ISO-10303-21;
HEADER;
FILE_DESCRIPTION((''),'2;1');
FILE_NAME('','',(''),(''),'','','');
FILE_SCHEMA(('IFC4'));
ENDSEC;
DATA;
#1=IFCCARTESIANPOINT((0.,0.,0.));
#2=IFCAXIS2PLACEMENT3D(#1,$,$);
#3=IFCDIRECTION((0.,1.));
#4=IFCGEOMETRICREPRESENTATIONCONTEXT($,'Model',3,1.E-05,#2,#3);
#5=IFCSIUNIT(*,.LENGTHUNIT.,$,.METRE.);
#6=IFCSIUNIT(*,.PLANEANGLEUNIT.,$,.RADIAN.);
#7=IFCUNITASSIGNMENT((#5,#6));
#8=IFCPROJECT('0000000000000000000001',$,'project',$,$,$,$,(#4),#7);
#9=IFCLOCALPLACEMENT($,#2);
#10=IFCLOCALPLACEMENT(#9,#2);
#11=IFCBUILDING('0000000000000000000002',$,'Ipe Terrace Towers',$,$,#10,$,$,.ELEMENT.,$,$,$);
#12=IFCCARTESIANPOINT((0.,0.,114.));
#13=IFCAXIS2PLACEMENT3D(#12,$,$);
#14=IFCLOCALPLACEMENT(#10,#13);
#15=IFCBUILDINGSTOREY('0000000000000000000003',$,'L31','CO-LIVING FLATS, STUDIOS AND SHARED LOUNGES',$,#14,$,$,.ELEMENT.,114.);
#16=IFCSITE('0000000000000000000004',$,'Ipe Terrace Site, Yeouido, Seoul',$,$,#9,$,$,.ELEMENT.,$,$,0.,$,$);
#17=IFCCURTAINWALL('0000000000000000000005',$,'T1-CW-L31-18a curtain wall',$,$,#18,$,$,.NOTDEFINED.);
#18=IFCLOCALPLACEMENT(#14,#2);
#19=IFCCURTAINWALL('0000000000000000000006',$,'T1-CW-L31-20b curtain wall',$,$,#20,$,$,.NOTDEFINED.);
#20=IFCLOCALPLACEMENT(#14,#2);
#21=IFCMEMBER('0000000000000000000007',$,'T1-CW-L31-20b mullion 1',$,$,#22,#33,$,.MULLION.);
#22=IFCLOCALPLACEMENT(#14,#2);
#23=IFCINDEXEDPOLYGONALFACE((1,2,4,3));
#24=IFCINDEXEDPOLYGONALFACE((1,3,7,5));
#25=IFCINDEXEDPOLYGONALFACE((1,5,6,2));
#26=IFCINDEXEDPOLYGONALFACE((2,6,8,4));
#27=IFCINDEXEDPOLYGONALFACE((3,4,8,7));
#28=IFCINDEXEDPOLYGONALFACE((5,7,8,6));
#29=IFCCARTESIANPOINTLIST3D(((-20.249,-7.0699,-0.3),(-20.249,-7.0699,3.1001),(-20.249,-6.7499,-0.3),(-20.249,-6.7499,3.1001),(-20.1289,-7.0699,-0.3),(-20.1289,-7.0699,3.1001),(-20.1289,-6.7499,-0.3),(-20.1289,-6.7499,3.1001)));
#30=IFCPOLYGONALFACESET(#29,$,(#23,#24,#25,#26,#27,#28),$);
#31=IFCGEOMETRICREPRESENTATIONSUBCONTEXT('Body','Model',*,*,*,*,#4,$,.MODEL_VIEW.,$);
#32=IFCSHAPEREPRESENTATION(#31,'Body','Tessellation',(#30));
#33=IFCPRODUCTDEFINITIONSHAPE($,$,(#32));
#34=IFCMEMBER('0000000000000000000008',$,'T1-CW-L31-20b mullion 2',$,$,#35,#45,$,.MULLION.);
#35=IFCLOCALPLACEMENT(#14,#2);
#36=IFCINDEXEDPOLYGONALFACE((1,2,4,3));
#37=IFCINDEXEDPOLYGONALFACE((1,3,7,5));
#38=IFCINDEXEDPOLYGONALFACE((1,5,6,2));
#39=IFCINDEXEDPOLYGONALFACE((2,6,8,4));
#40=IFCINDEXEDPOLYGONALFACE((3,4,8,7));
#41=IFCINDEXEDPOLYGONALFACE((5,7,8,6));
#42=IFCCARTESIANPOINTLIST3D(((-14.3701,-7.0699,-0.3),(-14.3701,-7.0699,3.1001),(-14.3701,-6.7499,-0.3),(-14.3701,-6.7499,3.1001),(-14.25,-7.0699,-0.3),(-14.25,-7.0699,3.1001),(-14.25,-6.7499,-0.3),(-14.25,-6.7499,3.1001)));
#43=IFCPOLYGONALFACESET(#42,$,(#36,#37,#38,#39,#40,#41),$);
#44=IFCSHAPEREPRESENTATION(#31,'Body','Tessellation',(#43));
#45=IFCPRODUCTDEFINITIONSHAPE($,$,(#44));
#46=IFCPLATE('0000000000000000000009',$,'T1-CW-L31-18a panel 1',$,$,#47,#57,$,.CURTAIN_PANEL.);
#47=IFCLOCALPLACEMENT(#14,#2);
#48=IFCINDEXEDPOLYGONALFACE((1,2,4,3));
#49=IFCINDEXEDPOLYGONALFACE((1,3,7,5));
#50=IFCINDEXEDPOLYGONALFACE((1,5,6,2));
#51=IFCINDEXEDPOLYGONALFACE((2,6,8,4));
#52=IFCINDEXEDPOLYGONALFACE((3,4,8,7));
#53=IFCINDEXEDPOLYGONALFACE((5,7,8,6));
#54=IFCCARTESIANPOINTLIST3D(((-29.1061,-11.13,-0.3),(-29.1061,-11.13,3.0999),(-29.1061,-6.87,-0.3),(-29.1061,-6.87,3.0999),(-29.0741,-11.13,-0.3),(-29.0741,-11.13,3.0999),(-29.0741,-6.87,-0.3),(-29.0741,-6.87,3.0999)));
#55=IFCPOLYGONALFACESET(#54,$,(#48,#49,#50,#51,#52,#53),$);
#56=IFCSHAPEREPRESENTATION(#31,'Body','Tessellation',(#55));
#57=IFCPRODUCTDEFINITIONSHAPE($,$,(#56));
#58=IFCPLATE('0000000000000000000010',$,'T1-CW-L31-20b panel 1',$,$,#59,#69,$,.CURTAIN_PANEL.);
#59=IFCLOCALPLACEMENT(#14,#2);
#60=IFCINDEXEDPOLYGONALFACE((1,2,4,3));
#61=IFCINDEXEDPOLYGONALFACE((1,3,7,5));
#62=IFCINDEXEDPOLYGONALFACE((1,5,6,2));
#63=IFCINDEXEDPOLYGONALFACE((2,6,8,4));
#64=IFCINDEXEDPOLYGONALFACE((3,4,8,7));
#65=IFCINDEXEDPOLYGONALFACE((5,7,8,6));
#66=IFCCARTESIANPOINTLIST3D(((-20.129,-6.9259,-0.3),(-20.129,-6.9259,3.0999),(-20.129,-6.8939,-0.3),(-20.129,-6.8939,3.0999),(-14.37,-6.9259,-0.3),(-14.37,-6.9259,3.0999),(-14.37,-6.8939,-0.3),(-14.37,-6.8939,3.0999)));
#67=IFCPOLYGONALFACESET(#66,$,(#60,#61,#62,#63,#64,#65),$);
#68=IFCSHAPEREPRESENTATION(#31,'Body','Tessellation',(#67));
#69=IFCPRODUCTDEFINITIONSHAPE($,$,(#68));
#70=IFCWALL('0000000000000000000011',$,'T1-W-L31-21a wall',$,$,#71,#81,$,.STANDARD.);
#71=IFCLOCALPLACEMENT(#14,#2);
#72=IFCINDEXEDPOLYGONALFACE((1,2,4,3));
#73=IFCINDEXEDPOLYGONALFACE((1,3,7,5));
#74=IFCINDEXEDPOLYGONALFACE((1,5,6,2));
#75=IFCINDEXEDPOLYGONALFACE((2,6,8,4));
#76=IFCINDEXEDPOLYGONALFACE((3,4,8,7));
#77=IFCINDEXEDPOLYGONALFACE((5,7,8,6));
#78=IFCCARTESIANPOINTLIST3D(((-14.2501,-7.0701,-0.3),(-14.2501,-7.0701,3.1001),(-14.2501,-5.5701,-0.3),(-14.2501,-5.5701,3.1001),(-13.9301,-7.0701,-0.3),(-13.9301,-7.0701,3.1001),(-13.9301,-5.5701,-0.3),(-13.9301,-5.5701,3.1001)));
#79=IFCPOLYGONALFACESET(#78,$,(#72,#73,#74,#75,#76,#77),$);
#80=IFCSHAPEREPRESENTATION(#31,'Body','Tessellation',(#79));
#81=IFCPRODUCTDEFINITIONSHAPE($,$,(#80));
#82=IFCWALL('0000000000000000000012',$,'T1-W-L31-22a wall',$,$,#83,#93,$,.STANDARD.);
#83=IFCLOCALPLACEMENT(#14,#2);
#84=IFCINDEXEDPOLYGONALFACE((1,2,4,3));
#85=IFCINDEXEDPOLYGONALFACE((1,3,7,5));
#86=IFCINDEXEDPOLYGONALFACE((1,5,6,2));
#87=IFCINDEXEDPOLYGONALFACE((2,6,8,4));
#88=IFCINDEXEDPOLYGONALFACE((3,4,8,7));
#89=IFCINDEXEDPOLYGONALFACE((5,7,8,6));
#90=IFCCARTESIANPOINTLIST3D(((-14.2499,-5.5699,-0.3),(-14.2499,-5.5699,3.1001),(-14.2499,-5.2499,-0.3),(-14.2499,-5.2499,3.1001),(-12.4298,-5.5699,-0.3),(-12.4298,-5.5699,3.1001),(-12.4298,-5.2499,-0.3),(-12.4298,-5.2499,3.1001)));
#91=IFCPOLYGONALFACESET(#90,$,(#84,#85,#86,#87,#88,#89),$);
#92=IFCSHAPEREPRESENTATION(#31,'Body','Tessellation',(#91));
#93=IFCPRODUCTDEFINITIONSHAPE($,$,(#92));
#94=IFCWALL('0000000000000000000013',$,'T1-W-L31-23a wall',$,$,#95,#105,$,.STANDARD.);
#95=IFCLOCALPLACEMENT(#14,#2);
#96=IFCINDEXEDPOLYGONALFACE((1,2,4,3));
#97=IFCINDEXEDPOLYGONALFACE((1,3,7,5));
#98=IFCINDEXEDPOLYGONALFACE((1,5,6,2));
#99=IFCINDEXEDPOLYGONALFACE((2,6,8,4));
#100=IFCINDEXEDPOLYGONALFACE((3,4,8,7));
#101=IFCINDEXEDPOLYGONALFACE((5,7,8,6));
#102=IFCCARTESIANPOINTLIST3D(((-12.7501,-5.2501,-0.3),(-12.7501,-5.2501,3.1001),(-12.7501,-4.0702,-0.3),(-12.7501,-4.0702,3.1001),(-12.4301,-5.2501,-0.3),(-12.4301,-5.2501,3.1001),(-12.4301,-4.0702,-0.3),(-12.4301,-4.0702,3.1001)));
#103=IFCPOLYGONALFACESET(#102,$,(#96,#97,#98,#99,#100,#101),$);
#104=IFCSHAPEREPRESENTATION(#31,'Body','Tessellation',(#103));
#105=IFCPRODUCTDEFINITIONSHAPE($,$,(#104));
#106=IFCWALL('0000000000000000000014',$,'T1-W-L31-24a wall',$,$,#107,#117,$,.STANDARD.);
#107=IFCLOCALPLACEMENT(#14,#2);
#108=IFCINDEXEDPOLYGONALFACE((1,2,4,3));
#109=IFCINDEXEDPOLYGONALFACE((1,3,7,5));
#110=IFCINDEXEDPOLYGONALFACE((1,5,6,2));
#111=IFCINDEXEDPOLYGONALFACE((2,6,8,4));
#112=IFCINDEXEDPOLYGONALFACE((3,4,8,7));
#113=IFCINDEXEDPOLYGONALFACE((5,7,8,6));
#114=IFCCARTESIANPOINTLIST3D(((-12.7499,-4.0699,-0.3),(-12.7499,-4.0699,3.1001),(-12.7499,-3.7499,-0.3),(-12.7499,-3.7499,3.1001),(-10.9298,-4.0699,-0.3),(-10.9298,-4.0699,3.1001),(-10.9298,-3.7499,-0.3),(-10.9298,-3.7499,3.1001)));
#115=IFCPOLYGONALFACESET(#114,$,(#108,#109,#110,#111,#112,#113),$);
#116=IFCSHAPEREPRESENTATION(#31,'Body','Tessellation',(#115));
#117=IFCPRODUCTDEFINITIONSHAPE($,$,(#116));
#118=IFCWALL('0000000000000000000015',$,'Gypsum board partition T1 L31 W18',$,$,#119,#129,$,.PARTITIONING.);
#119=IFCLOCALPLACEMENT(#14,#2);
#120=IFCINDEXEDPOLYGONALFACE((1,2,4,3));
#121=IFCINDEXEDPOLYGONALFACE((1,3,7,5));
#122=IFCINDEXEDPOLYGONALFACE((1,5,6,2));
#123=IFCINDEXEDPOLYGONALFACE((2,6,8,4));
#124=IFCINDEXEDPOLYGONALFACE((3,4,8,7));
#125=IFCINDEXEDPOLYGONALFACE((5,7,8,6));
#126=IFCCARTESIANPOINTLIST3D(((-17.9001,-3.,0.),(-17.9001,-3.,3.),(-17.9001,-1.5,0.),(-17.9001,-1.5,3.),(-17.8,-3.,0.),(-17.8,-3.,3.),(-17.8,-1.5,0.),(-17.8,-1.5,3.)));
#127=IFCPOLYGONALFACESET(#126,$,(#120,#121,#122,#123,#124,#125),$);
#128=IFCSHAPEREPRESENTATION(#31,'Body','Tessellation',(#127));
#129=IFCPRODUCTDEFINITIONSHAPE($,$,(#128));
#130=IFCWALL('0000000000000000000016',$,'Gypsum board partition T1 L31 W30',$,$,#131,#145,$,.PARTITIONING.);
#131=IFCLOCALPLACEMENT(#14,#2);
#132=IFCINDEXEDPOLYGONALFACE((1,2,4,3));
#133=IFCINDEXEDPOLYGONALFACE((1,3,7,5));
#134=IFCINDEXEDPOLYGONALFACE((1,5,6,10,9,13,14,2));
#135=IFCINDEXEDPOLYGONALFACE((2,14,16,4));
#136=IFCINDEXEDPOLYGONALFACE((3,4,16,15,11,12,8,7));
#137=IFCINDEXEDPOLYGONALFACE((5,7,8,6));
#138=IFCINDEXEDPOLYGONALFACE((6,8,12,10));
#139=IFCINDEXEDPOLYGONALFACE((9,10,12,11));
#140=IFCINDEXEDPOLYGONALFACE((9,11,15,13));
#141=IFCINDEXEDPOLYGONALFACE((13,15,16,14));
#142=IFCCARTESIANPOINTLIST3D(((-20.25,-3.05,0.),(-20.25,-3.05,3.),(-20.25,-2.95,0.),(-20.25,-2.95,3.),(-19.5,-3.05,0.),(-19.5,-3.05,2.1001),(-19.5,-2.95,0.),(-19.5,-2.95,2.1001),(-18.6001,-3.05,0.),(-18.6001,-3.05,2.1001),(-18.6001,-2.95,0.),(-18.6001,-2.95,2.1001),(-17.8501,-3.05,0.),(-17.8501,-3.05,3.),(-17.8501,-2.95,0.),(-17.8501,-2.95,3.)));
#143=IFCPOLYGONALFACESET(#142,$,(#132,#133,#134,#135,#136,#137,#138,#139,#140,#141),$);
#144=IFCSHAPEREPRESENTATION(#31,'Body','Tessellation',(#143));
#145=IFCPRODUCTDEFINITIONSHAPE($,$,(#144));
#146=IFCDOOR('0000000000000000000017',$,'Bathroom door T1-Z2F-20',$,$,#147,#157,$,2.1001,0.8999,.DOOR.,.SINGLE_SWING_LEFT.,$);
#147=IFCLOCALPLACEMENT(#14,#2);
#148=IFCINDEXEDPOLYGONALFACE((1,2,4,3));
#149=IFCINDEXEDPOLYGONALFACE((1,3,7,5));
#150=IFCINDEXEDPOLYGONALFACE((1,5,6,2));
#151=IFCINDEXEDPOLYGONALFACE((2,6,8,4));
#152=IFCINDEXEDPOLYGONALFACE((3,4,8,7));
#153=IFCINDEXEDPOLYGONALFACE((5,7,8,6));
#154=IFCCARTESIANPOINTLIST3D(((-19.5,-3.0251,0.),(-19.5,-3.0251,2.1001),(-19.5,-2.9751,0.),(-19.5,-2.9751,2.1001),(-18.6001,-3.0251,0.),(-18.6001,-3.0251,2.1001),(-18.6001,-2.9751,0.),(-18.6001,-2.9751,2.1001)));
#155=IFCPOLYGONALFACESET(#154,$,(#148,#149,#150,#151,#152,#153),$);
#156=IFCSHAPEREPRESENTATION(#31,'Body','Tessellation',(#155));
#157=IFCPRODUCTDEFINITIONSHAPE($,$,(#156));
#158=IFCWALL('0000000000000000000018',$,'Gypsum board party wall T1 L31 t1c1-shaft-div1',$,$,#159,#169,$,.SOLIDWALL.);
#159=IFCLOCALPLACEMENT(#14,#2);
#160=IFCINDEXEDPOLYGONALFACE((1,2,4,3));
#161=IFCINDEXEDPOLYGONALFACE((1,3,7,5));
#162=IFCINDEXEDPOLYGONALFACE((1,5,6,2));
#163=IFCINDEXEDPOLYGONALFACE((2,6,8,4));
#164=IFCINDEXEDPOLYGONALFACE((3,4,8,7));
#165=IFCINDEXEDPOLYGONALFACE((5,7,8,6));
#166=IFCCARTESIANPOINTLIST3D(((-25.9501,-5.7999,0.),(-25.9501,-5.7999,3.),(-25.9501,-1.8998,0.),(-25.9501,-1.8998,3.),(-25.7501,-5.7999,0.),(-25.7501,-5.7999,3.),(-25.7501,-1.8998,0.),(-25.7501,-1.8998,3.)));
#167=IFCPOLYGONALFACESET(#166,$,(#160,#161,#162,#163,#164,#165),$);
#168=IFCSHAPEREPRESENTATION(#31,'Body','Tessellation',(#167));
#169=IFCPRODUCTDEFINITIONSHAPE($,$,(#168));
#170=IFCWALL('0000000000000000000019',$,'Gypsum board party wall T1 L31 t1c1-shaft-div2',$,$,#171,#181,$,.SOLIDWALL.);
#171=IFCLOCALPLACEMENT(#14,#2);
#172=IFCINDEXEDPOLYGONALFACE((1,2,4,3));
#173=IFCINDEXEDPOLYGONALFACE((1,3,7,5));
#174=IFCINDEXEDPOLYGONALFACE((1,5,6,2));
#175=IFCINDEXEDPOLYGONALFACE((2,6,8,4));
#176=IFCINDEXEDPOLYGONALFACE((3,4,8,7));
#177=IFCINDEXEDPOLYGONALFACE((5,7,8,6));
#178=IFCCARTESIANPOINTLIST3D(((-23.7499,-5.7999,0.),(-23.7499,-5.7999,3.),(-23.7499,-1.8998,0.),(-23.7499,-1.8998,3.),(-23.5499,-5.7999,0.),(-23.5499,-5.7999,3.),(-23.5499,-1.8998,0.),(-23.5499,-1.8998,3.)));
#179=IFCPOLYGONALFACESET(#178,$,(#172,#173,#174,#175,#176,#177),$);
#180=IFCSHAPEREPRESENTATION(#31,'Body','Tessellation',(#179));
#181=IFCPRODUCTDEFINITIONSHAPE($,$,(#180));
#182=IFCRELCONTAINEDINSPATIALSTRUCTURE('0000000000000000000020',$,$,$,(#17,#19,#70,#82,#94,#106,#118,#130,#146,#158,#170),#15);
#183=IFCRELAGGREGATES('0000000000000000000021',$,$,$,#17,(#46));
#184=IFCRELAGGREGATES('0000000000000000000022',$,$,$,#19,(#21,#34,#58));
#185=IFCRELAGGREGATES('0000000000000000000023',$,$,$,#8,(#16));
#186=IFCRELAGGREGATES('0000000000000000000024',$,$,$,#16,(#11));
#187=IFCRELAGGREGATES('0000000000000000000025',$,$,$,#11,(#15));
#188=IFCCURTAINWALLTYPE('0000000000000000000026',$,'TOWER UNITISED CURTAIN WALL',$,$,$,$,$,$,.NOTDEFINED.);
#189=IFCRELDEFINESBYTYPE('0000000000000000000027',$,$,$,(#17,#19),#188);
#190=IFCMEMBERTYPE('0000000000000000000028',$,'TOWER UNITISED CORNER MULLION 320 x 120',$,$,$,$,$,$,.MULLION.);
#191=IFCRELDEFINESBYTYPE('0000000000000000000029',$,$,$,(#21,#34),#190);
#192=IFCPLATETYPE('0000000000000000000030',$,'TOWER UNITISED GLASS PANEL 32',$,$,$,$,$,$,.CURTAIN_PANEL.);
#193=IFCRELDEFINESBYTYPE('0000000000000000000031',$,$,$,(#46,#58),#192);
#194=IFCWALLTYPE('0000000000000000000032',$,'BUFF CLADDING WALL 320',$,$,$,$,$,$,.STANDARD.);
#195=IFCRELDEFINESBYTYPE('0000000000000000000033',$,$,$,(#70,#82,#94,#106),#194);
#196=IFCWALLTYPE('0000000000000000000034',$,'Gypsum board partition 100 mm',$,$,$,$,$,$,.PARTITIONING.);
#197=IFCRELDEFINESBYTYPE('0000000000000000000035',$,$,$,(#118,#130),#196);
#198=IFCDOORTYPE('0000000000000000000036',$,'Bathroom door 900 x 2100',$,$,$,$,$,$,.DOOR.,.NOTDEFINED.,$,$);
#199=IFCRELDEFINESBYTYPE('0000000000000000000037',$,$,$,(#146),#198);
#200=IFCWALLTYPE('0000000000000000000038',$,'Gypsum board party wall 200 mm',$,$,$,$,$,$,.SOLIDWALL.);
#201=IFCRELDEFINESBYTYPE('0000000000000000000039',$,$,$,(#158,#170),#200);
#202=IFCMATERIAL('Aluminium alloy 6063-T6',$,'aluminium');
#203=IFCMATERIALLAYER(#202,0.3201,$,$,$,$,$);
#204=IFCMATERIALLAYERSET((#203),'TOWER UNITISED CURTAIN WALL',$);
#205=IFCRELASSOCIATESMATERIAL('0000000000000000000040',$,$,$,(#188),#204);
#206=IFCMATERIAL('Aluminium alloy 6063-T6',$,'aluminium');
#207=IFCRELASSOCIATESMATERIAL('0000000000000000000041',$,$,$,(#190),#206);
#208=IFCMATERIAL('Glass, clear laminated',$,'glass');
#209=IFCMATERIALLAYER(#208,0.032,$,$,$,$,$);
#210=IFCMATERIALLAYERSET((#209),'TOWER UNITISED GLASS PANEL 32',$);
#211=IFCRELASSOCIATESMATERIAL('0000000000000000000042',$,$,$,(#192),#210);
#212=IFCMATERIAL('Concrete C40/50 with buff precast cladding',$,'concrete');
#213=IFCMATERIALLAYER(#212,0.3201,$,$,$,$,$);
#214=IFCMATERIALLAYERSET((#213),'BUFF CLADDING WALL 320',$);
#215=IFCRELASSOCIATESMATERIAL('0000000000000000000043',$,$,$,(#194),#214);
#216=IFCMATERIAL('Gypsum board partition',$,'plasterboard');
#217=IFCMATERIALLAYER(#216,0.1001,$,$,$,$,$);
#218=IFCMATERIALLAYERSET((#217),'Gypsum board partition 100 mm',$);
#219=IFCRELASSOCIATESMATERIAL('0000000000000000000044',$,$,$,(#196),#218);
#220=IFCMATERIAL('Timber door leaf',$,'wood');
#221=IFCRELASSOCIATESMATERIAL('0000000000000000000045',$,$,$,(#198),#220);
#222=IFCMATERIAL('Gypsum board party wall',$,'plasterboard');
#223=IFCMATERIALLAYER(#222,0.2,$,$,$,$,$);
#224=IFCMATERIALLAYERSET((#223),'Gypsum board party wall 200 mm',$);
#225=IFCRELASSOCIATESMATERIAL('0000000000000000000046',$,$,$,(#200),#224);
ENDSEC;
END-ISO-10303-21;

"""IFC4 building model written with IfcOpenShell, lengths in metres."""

from ifc_helpers import new_model, si_unit, direction, frame, frame_2d, origin, origin_2d, place, context, subcontext, project, spatial, rectangle, extrude, material, layer, layer_set, material_profile, profile_set, type_object, element, fill, aggregate, save


model = new_model("IFC4")

# Units and contexts
model_context = context("Model", 3, precision=1e-05, world=origin(), true_north=direction((0.0, 1.0)))
body_context = subcontext(model_context, "Body", "Model", "MODEL_VIEW")
ifc_project = project(units=[si_unit("LENGTHUNIT", "METRE"), si_unit("PLANEANGLEUNIT", "RADIAN")], contexts=[model_context])

# Site, building, storey
site_placement = place(None, origin())
site = spatial("IfcSite", under=ifc_project, at=site_placement, Name="Ipe Terrace Site, Yeouido, Seoul", CompositionType="ELEMENT", RefElevation=0.0)
building_placement = place(site_placement, origin())
building = spatial("IfcBuilding", under=site, at=building_placement, Name="Ipe Terrace Towers", CompositionType="ELEMENT")
storey_placement = place(building_placement, frame((0.0, 0.0, 114.0)))
storey = spatial("IfcBuildingStorey", under=building, at=storey_placement, Name="L31", Description="CO-LIVING FLATS, STUDIOS AND SHARED LOUNGES", CompositionType="ELEMENT", Elevation=114.0)

# Curtain wall
ifc_material_1 = material(Name="Aluminium alloy 6063-T6", Category="aluminium")
ifc_layer_1 = layer(ifc_material_1, 0.3201)
ifc_layer_set_1 = layer_set([ifc_layer_1], Name="TOWER UNITISED CURTAIN WALL")
curtain_wall_type = type_object("IfcCurtainWallType", Name="TOWER UNITISED CURTAIN WALL", PredefinedType="NOTDEFINED", material=ifc_layer_set_1)
curtain_wall_1_placement = place(storey_placement, origin())
curtain_wall_1 = element("IfcCurtainWall", 1, at=curtain_wall_1_placement, inside=storey, type_object=curtain_wall_type, Name="T1-CW-L31-18a curtain wall", PredefinedType="NOTDEFINED")
ifc_material_2 = material(Name="Aluminium alloy 6063-T6", Category="aluminium")
ifc_material_profile_1 = material_profile(ifc_material_2, rectangle(XDim=0.3201, YDim=0.1201, at=origin_2d()), Name="TOWER UNITISED CORNER MULLION 320 x 120")
ifc_profile_set_1 = profile_set([ifc_material_profile_1], Name="Aluminium alloy 6063-T6")
member_type = type_object("IfcMemberType", Name="TOWER UNITISED CORNER MULLION 320 x 120", PredefinedType="MULLION", material=ifc_profile_set_1)

# Curtain wall, members
curtain_wall_2_placement = place(storey_placement, origin())
curtain_wall_2 = element("IfcCurtainWall", 2, at=curtain_wall_2_placement, inside=storey, type_object=curtain_wall_type, Name="T1-CW-L31-20b curtain wall", PredefinedType="NOTDEFINED")
member_1_placement = place(storey_placement, frame((-20.189, -6.9099, -0.3), z_axis=(0.0, 0.0, 1.0), x_axis=(0.0, -1.0, 0.0)))
member_1 = element("IfcMember", 3, at=member_1_placement, type_object=member_type, Name="T1-CW-L31-20b mullion 1", PredefinedType="MULLION", context=body_context, shape_type="SweptSolid", body=[
    extrude(rectangle(XDim=0.3201, YDim=0.1201, at=origin_2d()), origin(), (0.0, 0.0, 1.0), 3.4001),
])
member_2_placement = place(storey_placement, frame((-14.3101, -6.9099, -0.3), z_axis=(0.0, 0.0, 1.0), x_axis=(0.0, -1.0, 0.0)))
member_2 = element("IfcMember", 4, at=member_2_placement, type_object=member_type, Name="T1-CW-L31-20b mullion 2", PredefinedType="MULLION", context=body_context, shape_type="SweptSolid", body=[
    extrude(rectangle(XDim=0.3201, YDim=0.1201, at=origin_2d()), origin(), (0.0, 0.0, 1.0), 3.4001),
])

# Plates
ifc_material_3 = material(Name="Glass, clear laminated", Category="glass")
ifc_layer_2 = layer(ifc_material_3, 0.032)
ifc_layer_set_2 = layer_set([ifc_layer_2], Name="TOWER UNITISED GLASS PANEL 32")
plate_type = type_object("IfcPlateType", Name="TOWER UNITISED GLASS PANEL 32", PredefinedType="CURTAIN_PANEL", material=ifc_layer_set_2)
plate_1_placement = place(storey_placement, frame((-29.0901, -9.0, -0.3), z_axis=(0.0, 0.0, 1.0), x_axis=(0.0, 1.0, 0.0)))
plate_1 = element("IfcPlate", 5, at=plate_1_placement, type_object=plate_type, Name="T1-CW-L31-18a panel 1", PredefinedType="CURTAIN_PANEL", context=body_context, shape_type="SweptSolid", body=[
    extrude(rectangle(XDim=4.26, YDim=0.032, at=origin_2d()), origin(), (0.0, 0.0, 1.0), 3.3999),
])
aggregate(curtain_wall_1, [plate_1])
plate_2_placement = place(storey_placement, frame((-17.2495, -6.9099, -0.3), z_axis=(0.0, 0.0, 1.0), x_axis=(1.0, 0.0, 0.0)))
plate_2 = element("IfcPlate", 6, at=plate_2_placement, type_object=plate_type, Name="T1-CW-L31-20b panel 1", PredefinedType="CURTAIN_PANEL", context=body_context, shape_type="SweptSolid", body=[
    extrude(rectangle(XDim=5.759, YDim=0.032, at=origin_2d()), origin(), (0.0, 0.0, 1.0), 3.3999),
])
aggregate(curtain_wall_2, [member_1, member_2, plate_2])

# Walls
ifc_material_4 = material(Name="Concrete C40/50 with buff precast cladding", Category="concrete")
ifc_layer_3 = layer(ifc_material_4, 0.3201)
ifc_layer_set_3 = layer_set([ifc_layer_3], Name="BUFF CLADDING WALL 320")
wall_type_1 = type_object("IfcWallType", Name="BUFF CLADDING WALL 320", PredefinedType="STANDARD", material=ifc_layer_set_3)
wall_1_placement = place(storey_placement, frame((-14.0901, -7.0701, -0.3), z_axis=(0.0, 0.0, 1.0), x_axis=(0.0, 1.0, 0.0)))
element("IfcWall", 7, at=wall_1_placement, inside=storey, type_object=wall_type_1, Name="T1-W-L31-21a wall", PredefinedType="STANDARD", context=body_context, shape_type="SweptSolid", body=[
    extrude(rectangle(XDim=1.5, YDim=0.3201, at=frame_2d((0.75, 0.0))), origin(), (0.0, 0.0, 1.0), 3.4001),
])
wall_2_placement = place(storey_placement, frame((-14.25, -5.4099, -0.3), z_axis=(0.0, 0.0, 1.0), x_axis=(1.0, 0.0, 0.0)))
element("IfcWall", 8, at=wall_2_placement, inside=storey, type_object=wall_type_1, Name="T1-W-L31-22a wall", PredefinedType="STANDARD", context=body_context, shape_type="SweptSolid", body=[
    extrude(rectangle(XDim=1.8201, YDim=0.3201, at=frame_2d((0.9102, 0.0))), origin(), (0.0, 0.0, 1.0), 3.4001),
])
wall_3_placement = place(storey_placement, frame((-12.5901, -5.25, -0.3), z_axis=(0.0, 0.0, 1.0), x_axis=(0.0, 1.0, 0.0)))
element("IfcWall", 9, at=wall_3_placement, inside=storey, type_object=wall_type_1, Name="T1-W-L31-23a wall", PredefinedType="STANDARD", context=body_context, shape_type="SweptSolid", body=[
    extrude(rectangle(XDim=1.1799, YDim=0.3201, at=frame_2d((0.5898, 0.0))), origin(), (0.0, 0.0, 1.0), 3.4001),
])
wall_4_placement = place(storey_placement, frame((-12.75, -3.9099, -0.3), z_axis=(0.0, 0.0, 1.0), x_axis=(1.0, 0.0, 0.0)))
element("IfcWall", 10, at=wall_4_placement, inside=storey, type_object=wall_type_1, Name="T1-W-L31-24a wall", PredefinedType="STANDARD", context=body_context, shape_type="SweptSolid", body=[
    extrude(rectangle(XDim=1.8201, YDim=0.3201, at=frame_2d((0.9102, 0.0))), origin(), (0.0, 0.0, 1.0), 3.4001),
])
ifc_material_5 = material(Name="Gypsum board partition", Category="plasterboard")
ifc_layer_4 = layer(ifc_material_5, 0.1001)
ifc_layer_set_4 = layer_set([ifc_layer_4], Name="Gypsum board partition 100 mm")
wall_type_2 = type_object("IfcWallType", Name="Gypsum board partition 100 mm", PredefinedType="PARTITIONING", material=ifc_layer_set_4)
wall_5_placement = place(storey_placement, frame((-17.8501, -3.0, 0.0), z_axis=(0.0, 0.0, 1.0), x_axis=(0.0, 1.0, 0.0)))
element("IfcWall", 11, at=wall_5_placement, inside=storey, type_object=wall_type_2, Name="Gypsum board partition T1 L31 W18", PredefinedType="PARTITIONING", context=body_context, shape_type="SweptSolid", body=[
    extrude(rectangle(XDim=1.5, YDim=0.1001, at=frame_2d((0.75, 0.0))), origin(), (0.0, 0.0, 1.0), 3.0),
])

# Wall, opening, door
wall_6_placement = place(storey_placement, frame((-20.25, -3.0, 0.0), z_axis=(0.0, 0.0, 1.0), x_axis=(1.0, 0.0, 0.0)))
wall_6 = element("IfcWall", 12, at=wall_6_placement, inside=storey, type_object=wall_type_2, Name="Gypsum board partition T1 L31 W30", PredefinedType="PARTITIONING", context=body_context, shape_type="SweptSolid", body=[
    extrude(rectangle(XDim=2.3999, YDim=0.1001, at=frame_2d((1.2, 0.0))), origin(), (0.0, 0.0, 1.0), 3.0),
])
opening_1_placement = place(wall_6_placement, frame((0.75, 0.0, 0.0)))
opening_1 = element("IfcOpeningElement", 13, at=opening_1_placement, cuts=wall_6, PredefinedType="OPENING", context=body_context, shape_type="SweptSolid", body=[
    extrude(rectangle(XDim=0.8999, YDim=2.1001, at=frame_2d((0.45, 1.05))), frame((0.0, 0.0601, 0.0), z_axis=(0.0, -1.0, 0.0), x_axis=(1.0, 0.0, 0.0)), (0.0, 0.0, 1.0), 0.1201),
])
ifc_material_6 = material(Name="Timber door leaf", Category="wood")
door_type_1 = type_object("IfcDoorType", Name="Bathroom door 900 x 2100", OperationType="NOTDEFINED", PredefinedType="DOOR", material=ifc_material_6)
door_1_placement = place(opening_1_placement, origin())
door_1 = element("IfcDoor", 14, at=door_1_placement, inside=storey, type_object=door_type_1, Name="Bathroom door T1-Z2F-20", OperationType="SINGLE_SWING_LEFT", OverallHeight=2.1001, OverallWidth=0.8999, PredefinedType="DOOR", context=body_context, shape_type="SweptSolid", body=[
    extrude(rectangle(XDim=0.8999, YDim=2.1001, at=frame_2d((0.45, 1.05))), frame((0.0, 0.0249, 0.0), z_axis=(0.0, -1.0, 0.0), x_axis=(1.0, 0.0, 0.0)), (0.0, 0.0, 1.0), 0.05),
])
fill(opening_1, door_1)

# Walls
ifc_material_7 = material(Name="Gypsum board party wall", Category="plasterboard")
ifc_layer_5 = layer(ifc_material_7, 0.2)
ifc_layer_set_5 = layer_set([ifc_layer_5], Name="Gypsum board party wall 200 mm")
wall_type_3 = type_object("IfcWallType", Name="Gypsum board party wall 200 mm", PredefinedType="SOLIDWALL", material=ifc_layer_set_5)
for number, where, z_axis, x_axis, name in (
    (15, (-25.8501, -5.8, 0.0), (0.0, 0.0, 1.0), (0.0, 1.0, 0.0), "Gypsum board party wall T1 L31 t1c1-shaft-div1"),
    (16, (-23.6499, -5.8, 0.0), (0.0, 0.0, 1.0), (0.0, 1.0, 0.0), "Gypsum board party wall T1 L31 t1c1-shaft-div2"),
):
    element("IfcWall", number, at=place(storey_placement, frame(where, z_axis=z_axis, x_axis=x_axis)), inside=storey, type_object=wall_type_3, Name=name, PredefinedType="SOLIDWALL", context=body_context, shape_type="SweptSolid", body=[
        extrude(rectangle(XDim=3.9001, YDim=0.2, at=frame_2d((1.9502, 0.0))), origin(), (0.0, 0.0, 1.0), 3.0),
    ])

save(model, "model.ifc")
